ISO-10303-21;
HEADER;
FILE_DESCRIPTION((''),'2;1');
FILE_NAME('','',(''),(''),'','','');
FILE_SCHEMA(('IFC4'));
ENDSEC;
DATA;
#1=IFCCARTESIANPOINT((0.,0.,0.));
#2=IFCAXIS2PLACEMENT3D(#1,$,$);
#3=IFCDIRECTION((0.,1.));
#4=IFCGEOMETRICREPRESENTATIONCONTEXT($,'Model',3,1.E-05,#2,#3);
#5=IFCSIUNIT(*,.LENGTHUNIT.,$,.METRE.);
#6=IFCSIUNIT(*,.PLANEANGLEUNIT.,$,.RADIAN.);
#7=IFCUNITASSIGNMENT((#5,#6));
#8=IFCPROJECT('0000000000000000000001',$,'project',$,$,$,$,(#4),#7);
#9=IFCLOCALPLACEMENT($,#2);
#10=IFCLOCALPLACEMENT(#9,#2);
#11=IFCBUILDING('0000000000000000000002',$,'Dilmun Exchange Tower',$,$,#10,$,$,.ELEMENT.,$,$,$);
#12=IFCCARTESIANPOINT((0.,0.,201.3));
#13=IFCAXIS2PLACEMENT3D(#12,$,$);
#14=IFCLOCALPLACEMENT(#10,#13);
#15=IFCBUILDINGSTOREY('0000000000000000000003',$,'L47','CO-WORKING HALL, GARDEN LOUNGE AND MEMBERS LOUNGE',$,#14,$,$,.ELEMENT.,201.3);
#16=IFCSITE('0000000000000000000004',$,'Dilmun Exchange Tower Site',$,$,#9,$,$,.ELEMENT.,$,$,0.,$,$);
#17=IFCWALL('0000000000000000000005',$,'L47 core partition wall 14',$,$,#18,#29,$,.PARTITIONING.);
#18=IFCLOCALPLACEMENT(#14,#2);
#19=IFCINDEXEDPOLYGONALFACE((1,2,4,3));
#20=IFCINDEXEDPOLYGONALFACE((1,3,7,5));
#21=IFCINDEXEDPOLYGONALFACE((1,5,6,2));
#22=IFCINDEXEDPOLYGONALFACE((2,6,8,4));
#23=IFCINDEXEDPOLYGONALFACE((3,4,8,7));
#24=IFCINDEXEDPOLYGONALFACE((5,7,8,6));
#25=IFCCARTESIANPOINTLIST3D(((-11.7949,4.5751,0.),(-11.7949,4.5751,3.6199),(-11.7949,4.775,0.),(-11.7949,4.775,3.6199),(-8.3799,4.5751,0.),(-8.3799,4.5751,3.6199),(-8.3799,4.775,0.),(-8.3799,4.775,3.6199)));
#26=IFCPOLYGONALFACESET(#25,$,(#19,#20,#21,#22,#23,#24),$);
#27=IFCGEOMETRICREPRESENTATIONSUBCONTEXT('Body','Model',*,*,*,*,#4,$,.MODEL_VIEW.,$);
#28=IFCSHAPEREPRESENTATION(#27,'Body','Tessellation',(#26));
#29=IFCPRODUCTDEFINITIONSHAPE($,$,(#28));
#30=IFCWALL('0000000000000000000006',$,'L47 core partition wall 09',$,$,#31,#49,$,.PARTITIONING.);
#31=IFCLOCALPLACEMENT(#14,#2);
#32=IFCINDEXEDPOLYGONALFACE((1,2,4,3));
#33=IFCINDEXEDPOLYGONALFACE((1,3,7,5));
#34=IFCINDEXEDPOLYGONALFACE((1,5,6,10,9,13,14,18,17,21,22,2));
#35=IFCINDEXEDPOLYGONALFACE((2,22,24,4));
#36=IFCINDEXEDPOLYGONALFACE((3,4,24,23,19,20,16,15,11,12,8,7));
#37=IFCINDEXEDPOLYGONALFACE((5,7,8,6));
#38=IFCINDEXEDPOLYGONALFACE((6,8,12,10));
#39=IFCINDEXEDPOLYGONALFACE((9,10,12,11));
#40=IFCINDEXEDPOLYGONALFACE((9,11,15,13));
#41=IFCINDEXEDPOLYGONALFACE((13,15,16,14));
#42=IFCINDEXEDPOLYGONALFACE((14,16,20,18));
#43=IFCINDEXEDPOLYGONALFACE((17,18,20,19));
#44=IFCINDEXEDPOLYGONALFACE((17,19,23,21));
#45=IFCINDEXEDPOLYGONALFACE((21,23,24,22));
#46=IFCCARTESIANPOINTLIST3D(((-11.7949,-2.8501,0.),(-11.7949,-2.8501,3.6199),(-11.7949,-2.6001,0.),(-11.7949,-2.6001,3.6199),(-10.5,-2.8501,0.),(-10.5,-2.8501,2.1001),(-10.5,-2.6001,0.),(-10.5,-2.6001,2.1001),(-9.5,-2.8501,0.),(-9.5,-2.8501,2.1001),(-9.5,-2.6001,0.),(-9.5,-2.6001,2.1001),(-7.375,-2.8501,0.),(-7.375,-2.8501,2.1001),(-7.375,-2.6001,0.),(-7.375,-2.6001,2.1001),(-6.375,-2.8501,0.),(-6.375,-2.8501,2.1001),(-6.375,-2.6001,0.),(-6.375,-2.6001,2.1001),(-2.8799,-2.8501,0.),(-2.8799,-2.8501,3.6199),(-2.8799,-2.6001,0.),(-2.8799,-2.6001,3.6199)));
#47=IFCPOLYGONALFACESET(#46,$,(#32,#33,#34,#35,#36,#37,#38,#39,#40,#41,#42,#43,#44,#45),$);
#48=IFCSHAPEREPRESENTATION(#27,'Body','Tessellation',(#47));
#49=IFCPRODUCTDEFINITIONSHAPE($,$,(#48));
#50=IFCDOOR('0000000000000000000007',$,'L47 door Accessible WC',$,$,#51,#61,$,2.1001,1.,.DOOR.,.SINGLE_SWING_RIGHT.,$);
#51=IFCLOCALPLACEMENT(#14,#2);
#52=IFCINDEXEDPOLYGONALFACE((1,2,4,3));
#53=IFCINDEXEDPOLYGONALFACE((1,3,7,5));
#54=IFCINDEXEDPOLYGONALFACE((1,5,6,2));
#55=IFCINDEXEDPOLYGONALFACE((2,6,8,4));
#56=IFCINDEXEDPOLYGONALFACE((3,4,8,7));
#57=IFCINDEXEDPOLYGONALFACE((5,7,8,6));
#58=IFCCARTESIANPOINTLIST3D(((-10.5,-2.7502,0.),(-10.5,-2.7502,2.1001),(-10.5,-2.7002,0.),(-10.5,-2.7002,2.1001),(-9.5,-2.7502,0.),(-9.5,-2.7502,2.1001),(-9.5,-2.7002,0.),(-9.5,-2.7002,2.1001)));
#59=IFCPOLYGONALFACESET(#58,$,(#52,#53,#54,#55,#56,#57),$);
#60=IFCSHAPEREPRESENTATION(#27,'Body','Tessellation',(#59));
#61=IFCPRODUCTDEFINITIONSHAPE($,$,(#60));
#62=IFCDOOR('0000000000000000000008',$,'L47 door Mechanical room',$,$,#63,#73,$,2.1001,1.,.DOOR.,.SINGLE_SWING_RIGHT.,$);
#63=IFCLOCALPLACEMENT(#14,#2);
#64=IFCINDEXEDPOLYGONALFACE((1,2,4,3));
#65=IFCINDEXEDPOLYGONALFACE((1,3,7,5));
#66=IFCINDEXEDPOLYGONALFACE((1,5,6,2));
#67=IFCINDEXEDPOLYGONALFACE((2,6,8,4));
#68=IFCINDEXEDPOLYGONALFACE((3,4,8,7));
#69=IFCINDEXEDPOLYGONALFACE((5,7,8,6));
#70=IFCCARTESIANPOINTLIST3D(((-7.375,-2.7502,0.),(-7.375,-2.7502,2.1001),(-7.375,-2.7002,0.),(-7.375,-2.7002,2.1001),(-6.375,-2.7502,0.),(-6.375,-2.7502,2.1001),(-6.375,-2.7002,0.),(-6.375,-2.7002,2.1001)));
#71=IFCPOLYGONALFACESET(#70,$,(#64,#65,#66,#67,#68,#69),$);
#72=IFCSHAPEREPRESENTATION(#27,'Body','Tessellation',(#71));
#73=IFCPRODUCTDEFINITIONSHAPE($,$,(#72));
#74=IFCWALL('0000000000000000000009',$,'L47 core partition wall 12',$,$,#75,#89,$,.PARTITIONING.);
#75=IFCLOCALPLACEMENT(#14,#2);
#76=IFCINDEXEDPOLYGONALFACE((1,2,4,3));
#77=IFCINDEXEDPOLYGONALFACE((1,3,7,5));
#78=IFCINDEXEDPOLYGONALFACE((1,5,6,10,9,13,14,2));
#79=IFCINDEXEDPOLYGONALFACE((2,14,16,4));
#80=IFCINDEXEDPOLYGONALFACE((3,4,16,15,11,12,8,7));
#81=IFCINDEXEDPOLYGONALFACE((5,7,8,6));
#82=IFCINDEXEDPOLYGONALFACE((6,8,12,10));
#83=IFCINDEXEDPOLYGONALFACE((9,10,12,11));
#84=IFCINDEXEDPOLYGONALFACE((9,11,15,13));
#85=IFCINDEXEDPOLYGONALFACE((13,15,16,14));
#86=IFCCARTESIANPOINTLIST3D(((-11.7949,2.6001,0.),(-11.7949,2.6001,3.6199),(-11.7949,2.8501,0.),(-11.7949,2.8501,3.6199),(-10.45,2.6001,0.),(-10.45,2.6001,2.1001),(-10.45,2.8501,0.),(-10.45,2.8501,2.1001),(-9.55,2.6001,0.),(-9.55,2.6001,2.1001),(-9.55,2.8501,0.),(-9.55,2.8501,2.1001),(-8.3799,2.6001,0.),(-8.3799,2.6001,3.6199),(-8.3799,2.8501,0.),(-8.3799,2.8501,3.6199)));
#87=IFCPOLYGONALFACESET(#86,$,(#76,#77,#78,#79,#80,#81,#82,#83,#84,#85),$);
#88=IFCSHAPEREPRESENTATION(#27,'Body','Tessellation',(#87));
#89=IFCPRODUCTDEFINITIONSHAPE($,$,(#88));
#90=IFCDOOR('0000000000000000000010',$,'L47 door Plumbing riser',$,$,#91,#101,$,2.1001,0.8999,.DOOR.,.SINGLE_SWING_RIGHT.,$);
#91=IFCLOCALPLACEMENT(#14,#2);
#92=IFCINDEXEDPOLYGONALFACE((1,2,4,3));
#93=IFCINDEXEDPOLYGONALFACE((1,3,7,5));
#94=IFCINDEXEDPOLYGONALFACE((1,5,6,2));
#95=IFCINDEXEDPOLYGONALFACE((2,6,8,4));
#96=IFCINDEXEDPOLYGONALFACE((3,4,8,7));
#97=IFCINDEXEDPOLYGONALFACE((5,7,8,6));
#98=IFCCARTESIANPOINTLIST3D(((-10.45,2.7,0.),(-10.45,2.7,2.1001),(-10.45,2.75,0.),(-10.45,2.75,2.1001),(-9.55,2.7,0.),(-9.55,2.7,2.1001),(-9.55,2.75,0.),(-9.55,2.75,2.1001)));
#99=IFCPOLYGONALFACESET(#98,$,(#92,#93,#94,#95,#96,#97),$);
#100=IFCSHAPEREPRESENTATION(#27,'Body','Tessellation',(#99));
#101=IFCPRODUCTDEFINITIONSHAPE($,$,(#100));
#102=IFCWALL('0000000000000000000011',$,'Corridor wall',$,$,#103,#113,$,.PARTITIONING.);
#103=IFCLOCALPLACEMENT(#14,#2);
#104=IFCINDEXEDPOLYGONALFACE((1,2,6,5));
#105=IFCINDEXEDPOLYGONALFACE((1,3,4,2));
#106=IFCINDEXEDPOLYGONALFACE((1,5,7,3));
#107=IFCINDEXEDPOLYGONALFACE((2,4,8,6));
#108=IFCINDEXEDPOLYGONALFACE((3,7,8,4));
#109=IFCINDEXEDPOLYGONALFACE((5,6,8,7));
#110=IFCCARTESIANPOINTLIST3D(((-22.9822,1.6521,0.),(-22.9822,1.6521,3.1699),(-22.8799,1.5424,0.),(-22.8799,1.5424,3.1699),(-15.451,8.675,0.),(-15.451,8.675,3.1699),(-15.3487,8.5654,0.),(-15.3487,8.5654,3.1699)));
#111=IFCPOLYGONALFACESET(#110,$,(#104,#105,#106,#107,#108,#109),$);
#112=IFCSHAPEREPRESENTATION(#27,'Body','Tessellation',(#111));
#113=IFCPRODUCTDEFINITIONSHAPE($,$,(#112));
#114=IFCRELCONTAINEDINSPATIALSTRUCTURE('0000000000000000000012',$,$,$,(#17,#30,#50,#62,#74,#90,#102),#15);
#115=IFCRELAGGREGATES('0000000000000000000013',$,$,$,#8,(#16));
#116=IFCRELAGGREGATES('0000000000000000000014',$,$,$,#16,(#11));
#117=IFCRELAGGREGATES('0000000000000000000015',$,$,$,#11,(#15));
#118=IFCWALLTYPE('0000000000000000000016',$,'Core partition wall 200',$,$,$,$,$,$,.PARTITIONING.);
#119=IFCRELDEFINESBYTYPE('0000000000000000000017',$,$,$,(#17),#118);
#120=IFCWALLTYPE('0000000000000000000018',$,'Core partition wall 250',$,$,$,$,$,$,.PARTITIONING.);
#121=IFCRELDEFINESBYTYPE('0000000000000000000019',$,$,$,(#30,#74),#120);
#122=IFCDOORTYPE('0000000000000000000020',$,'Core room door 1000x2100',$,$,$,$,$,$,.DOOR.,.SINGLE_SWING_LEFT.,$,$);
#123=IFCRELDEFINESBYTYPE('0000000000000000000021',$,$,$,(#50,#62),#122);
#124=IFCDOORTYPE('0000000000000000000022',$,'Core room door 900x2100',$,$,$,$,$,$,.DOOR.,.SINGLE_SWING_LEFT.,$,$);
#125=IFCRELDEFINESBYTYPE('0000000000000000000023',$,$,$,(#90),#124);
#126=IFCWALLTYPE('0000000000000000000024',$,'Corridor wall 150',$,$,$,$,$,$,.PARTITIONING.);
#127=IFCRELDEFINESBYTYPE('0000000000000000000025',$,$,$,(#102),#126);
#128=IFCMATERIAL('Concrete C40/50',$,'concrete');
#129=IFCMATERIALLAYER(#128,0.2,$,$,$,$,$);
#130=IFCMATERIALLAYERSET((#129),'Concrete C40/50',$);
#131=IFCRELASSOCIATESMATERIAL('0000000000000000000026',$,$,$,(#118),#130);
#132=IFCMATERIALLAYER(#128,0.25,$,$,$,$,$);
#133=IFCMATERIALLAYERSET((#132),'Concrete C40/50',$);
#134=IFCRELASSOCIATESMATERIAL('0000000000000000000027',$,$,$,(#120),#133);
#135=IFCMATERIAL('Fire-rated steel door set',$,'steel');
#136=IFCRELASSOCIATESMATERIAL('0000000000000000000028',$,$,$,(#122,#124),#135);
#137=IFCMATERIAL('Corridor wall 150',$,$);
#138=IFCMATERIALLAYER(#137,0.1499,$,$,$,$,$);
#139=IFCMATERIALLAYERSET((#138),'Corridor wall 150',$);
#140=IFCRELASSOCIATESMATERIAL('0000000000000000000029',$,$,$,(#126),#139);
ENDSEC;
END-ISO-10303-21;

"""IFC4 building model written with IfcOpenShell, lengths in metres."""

from ifc_helpers import new_model, si_unit, direction, frame, frame_2d, origin, place, context, subcontext, project, spatial, rectangle, extrude, material, layer, layer_set, type_object, element, fill, save


model = new_model("IFC4")

# Units and contexts
model_context = context("Model", 3, precision=1e-05, world=origin(), true_north=direction((0.0, 1.0)))
body_context = subcontext(model_context, "Body", "Model", "MODEL_VIEW")
ifc_project = project(units=[si_unit("LENGTHUNIT", "METRE"), si_unit("PLANEANGLEUNIT", "RADIAN")], contexts=[model_context])

# Site, building, storey
site_placement = place(None, origin())
site = spatial("IfcSite", under=ifc_project, at=site_placement, Name="Dilmun Exchange Tower Site", CompositionType="ELEMENT", RefElevation=0.0)
building_placement = place(site_placement, origin())
building = spatial("IfcBuilding", under=site, at=building_placement, Name="Dilmun Exchange Tower", CompositionType="ELEMENT")
storey_placement = place(building_placement, frame((0.0, 0.0, 201.3)))
storey = spatial("IfcBuildingStorey", under=building, at=storey_placement, Name="L47", Description="CO-WORKING HALL, GARDEN LOUNGE AND MEMBERS LOUNGE", CompositionType="ELEMENT", Elevation=201.3)

# Wall
ifc_material_1 = material(Name="Concrete C40/50", Category="concrete")
ifc_layer_1 = layer(ifc_material_1, 0.2)
ifc_layer_set_1 = layer_set([ifc_layer_1], Name="Concrete C40/50")
wall_type_1 = type_object("IfcWallType", Name="Core partition wall 200", PredefinedType="PARTITIONING", material=ifc_layer_set_1)
wall_1_placement = place(storey_placement, frame((-11.7949, 4.675, 0.0), z_axis=(0.0, 0.0, 1.0), x_axis=(1.0, 0.0, 0.0)))
element("IfcWall", 1, at=wall_1_placement, inside=storey, type_object=wall_type_1, Name="L47 core partition wall 14", PredefinedType="PARTITIONING", context=body_context, shape_type="SweptSolid", body=[
    extrude(rectangle(XDim=3.415, YDim=0.2, at=frame_2d((1.7075, 0.0))), origin(), (0.0, 0.0, 1.0), 3.6199),
])

# Wall, openings, doors
ifc_layer_2 = layer(ifc_material_1, 0.25)
ifc_layer_set_2 = layer_set([ifc_layer_2], Name="Concrete C40/50")
wall_type_2 = type_object("IfcWallType", Name="Core partition wall 250", PredefinedType="PARTITIONING", material=ifc_layer_set_2)
wall_2_placement = place(storey_placement, frame((-11.7949, -2.7251, 0.0), z_axis=(0.0, 0.0, 1.0), x_axis=(1.0, 0.0, 0.0)))
wall_2 = element("IfcWall", 2, at=wall_2_placement, inside=storey, type_object=wall_type_2, Name="L47 core partition wall 09", PredefinedType="PARTITIONING", context=body_context, shape_type="SweptSolid", body=[
    extrude(rectangle(XDim=8.915, YDim=0.25, at=frame_2d((4.4575, 0.0))), origin(), (0.0, 0.0, 1.0), 3.6199),
])
opening_1_placement = place(wall_2_placement, frame((1.2949, 0.0, 0.0)))
opening_1 = element("IfcOpeningElement", 3, at=opening_1_placement, cuts=wall_2, PredefinedType="OPENING", context=body_context, shape_type="SweptSolid", body=[
    extrude(rectangle(XDim=1.0, YDim=2.1001, at=frame_2d((0.5, 1.05))), frame((0.0, 0.135, 0.0), z_axis=(0.0, -1.0, 0.0), x_axis=(1.0, 0.0, 0.0)), (0.0, 0.0, 1.0), 0.27),
])
opening_2_placement = place(wall_2_placement, frame((4.4199, 0.0, 0.0)))
opening_2 = element("IfcOpeningElement", 4, at=opening_2_placement, cuts=wall_2, PredefinedType="OPENING", context=body_context, shape_type="SweptSolid", body=[
    extrude(rectangle(XDim=1.0, YDim=2.1001, at=frame_2d((0.5, 1.05))), frame((0.0, 0.135, 0.0), z_axis=(0.0, -1.0, 0.0), x_axis=(1.0, 0.0, 0.0)), (0.0, 0.0, 1.0), 0.27),
])
ifc_material_2 = material(Name="Fire-rated steel door set", Category="steel")
door_type_1 = type_object("IfcDoorType", Name="Core room door 1000x2100", OperationType="SINGLE_SWING_LEFT", PredefinedType="DOOR", material=ifc_material_2)
door_1_placement = place(opening_1_placement, origin())
door_1 = element("IfcDoor", 5, at=door_1_placement, inside=storey, type_object=door_type_1, Name="L47 door Accessible WC", OperationType="SINGLE_SWING_RIGHT", OverallHeight=2.1001, OverallWidth=1.0, PredefinedType="DOOR", context=body_context, shape_type="SweptSolid", body=[
    extrude(rectangle(XDim=1.0, YDim=2.1001, at=frame_2d((0.5, 1.05))), frame((0.0, 0.0249, 0.0), z_axis=(0.0, -1.0, 0.0), x_axis=(1.0, 0.0, 0.0)), (0.0, 0.0, 1.0), 0.05),
])
fill(opening_1, door_1)
door_2_placement = place(opening_2_placement, origin())
door_2 = element("IfcDoor", 6, at=door_2_placement, inside=storey, type_object=door_type_1, Name="L47 door Mechanical room", OperationType="SINGLE_SWING_RIGHT", OverallHeight=2.1001, OverallWidth=1.0, PredefinedType="DOOR", context=body_context, shape_type="SweptSolid", body=[
    extrude(rectangle(XDim=1.0, YDim=2.1001, at=frame_2d((0.5, 1.05))), frame((0.0, 0.0249, 0.0), z_axis=(0.0, -1.0, 0.0), x_axis=(1.0, 0.0, 0.0)), (0.0, 0.0, 1.0), 0.05),
])
fill(opening_2, door_2)

# Wall, opening, door
wall_3_placement = place(storey_placement, frame((-11.7949, 2.7251, 0.0), z_axis=(0.0, 0.0, 1.0), x_axis=(1.0, 0.0, 0.0)))
wall_3 = element("IfcWall", 7, at=wall_3_placement, inside=storey, type_object=wall_type_2, Name="L47 core partition wall 12", PredefinedType="PARTITIONING", context=body_context, shape_type="SweptSolid", body=[
    extrude(rectangle(XDim=3.415, YDim=0.25, at=frame_2d((1.7075, 0.0))), origin(), (0.0, 0.0, 1.0), 3.6199),
])
opening_3_placement = place(wall_3_placement, frame((1.345, 0.0, 0.0)))
opening_3 = element("IfcOpeningElement", 8, at=opening_3_placement, cuts=wall_3, PredefinedType="OPENING", context=body_context, shape_type="SweptSolid", body=[
    extrude(rectangle(XDim=0.8999, YDim=2.1001, at=frame_2d((0.45, 1.05))), frame((0.0, 0.135, 0.0), z_axis=(0.0, -1.0, 0.0), x_axis=(1.0, 0.0, 0.0)), (0.0, 0.0, 1.0), 0.27),
])
door_type_2 = type_object("IfcDoorType", Name="Core room door 900x2100", OperationType="SINGLE_SWING_LEFT", PredefinedType="DOOR", material=ifc_material_2)
door_3_placement = place(opening_3_placement, origin())
door_3 = element("IfcDoor", 9, at=door_3_placement, inside=storey, type_object=door_type_2, Name="L47 door Plumbing riser", OperationType="SINGLE_SWING_RIGHT", OverallHeight=2.1001, OverallWidth=0.8999, PredefinedType="DOOR", context=body_context, shape_type="SweptSolid", body=[
    extrude(rectangle(XDim=0.8999, YDim=2.1001, at=frame_2d((0.45, 1.05))), frame((0.0, 0.0249, 0.0), z_axis=(0.0, -1.0, 0.0), x_axis=(1.0, 0.0, 0.0)), (0.0, 0.0, 1.0), 0.05),
])
fill(opening_3, door_3)

# Wall
ifc_material_3 = material(Name="Corridor wall 150")
ifc_layer_3 = layer(ifc_material_3, 0.1499)
ifc_layer_set_3 = layer_set([ifc_layer_3], Name="Corridor wall 150")
wall_type_3 = type_object("IfcWallType", Name="Corridor wall 150", PredefinedType="PARTITIONING", material=ifc_layer_set_3)
wall_4_placement = place(storey_placement, frame((-22.9312, 1.5972, 0.0), z_axis=(0.0, 0.0, 1.0), x_axis=(0.731356, 0.681996, 0.0)))
element("IfcWall", 10, at=wall_4_placement, inside=storey, type_object=wall_type_3, Name="Corridor wall", PredefinedType="PARTITIONING", context=body_context, shape_type="SweptSolid", body=[
    extrude(rectangle(XDim=10.2976, YDim=0.1499, at=frame_2d((5.1489, 0.0))), origin(), (0.0, 0.0, 1.0), 3.1699),
])

save(model, "model.ifc")
